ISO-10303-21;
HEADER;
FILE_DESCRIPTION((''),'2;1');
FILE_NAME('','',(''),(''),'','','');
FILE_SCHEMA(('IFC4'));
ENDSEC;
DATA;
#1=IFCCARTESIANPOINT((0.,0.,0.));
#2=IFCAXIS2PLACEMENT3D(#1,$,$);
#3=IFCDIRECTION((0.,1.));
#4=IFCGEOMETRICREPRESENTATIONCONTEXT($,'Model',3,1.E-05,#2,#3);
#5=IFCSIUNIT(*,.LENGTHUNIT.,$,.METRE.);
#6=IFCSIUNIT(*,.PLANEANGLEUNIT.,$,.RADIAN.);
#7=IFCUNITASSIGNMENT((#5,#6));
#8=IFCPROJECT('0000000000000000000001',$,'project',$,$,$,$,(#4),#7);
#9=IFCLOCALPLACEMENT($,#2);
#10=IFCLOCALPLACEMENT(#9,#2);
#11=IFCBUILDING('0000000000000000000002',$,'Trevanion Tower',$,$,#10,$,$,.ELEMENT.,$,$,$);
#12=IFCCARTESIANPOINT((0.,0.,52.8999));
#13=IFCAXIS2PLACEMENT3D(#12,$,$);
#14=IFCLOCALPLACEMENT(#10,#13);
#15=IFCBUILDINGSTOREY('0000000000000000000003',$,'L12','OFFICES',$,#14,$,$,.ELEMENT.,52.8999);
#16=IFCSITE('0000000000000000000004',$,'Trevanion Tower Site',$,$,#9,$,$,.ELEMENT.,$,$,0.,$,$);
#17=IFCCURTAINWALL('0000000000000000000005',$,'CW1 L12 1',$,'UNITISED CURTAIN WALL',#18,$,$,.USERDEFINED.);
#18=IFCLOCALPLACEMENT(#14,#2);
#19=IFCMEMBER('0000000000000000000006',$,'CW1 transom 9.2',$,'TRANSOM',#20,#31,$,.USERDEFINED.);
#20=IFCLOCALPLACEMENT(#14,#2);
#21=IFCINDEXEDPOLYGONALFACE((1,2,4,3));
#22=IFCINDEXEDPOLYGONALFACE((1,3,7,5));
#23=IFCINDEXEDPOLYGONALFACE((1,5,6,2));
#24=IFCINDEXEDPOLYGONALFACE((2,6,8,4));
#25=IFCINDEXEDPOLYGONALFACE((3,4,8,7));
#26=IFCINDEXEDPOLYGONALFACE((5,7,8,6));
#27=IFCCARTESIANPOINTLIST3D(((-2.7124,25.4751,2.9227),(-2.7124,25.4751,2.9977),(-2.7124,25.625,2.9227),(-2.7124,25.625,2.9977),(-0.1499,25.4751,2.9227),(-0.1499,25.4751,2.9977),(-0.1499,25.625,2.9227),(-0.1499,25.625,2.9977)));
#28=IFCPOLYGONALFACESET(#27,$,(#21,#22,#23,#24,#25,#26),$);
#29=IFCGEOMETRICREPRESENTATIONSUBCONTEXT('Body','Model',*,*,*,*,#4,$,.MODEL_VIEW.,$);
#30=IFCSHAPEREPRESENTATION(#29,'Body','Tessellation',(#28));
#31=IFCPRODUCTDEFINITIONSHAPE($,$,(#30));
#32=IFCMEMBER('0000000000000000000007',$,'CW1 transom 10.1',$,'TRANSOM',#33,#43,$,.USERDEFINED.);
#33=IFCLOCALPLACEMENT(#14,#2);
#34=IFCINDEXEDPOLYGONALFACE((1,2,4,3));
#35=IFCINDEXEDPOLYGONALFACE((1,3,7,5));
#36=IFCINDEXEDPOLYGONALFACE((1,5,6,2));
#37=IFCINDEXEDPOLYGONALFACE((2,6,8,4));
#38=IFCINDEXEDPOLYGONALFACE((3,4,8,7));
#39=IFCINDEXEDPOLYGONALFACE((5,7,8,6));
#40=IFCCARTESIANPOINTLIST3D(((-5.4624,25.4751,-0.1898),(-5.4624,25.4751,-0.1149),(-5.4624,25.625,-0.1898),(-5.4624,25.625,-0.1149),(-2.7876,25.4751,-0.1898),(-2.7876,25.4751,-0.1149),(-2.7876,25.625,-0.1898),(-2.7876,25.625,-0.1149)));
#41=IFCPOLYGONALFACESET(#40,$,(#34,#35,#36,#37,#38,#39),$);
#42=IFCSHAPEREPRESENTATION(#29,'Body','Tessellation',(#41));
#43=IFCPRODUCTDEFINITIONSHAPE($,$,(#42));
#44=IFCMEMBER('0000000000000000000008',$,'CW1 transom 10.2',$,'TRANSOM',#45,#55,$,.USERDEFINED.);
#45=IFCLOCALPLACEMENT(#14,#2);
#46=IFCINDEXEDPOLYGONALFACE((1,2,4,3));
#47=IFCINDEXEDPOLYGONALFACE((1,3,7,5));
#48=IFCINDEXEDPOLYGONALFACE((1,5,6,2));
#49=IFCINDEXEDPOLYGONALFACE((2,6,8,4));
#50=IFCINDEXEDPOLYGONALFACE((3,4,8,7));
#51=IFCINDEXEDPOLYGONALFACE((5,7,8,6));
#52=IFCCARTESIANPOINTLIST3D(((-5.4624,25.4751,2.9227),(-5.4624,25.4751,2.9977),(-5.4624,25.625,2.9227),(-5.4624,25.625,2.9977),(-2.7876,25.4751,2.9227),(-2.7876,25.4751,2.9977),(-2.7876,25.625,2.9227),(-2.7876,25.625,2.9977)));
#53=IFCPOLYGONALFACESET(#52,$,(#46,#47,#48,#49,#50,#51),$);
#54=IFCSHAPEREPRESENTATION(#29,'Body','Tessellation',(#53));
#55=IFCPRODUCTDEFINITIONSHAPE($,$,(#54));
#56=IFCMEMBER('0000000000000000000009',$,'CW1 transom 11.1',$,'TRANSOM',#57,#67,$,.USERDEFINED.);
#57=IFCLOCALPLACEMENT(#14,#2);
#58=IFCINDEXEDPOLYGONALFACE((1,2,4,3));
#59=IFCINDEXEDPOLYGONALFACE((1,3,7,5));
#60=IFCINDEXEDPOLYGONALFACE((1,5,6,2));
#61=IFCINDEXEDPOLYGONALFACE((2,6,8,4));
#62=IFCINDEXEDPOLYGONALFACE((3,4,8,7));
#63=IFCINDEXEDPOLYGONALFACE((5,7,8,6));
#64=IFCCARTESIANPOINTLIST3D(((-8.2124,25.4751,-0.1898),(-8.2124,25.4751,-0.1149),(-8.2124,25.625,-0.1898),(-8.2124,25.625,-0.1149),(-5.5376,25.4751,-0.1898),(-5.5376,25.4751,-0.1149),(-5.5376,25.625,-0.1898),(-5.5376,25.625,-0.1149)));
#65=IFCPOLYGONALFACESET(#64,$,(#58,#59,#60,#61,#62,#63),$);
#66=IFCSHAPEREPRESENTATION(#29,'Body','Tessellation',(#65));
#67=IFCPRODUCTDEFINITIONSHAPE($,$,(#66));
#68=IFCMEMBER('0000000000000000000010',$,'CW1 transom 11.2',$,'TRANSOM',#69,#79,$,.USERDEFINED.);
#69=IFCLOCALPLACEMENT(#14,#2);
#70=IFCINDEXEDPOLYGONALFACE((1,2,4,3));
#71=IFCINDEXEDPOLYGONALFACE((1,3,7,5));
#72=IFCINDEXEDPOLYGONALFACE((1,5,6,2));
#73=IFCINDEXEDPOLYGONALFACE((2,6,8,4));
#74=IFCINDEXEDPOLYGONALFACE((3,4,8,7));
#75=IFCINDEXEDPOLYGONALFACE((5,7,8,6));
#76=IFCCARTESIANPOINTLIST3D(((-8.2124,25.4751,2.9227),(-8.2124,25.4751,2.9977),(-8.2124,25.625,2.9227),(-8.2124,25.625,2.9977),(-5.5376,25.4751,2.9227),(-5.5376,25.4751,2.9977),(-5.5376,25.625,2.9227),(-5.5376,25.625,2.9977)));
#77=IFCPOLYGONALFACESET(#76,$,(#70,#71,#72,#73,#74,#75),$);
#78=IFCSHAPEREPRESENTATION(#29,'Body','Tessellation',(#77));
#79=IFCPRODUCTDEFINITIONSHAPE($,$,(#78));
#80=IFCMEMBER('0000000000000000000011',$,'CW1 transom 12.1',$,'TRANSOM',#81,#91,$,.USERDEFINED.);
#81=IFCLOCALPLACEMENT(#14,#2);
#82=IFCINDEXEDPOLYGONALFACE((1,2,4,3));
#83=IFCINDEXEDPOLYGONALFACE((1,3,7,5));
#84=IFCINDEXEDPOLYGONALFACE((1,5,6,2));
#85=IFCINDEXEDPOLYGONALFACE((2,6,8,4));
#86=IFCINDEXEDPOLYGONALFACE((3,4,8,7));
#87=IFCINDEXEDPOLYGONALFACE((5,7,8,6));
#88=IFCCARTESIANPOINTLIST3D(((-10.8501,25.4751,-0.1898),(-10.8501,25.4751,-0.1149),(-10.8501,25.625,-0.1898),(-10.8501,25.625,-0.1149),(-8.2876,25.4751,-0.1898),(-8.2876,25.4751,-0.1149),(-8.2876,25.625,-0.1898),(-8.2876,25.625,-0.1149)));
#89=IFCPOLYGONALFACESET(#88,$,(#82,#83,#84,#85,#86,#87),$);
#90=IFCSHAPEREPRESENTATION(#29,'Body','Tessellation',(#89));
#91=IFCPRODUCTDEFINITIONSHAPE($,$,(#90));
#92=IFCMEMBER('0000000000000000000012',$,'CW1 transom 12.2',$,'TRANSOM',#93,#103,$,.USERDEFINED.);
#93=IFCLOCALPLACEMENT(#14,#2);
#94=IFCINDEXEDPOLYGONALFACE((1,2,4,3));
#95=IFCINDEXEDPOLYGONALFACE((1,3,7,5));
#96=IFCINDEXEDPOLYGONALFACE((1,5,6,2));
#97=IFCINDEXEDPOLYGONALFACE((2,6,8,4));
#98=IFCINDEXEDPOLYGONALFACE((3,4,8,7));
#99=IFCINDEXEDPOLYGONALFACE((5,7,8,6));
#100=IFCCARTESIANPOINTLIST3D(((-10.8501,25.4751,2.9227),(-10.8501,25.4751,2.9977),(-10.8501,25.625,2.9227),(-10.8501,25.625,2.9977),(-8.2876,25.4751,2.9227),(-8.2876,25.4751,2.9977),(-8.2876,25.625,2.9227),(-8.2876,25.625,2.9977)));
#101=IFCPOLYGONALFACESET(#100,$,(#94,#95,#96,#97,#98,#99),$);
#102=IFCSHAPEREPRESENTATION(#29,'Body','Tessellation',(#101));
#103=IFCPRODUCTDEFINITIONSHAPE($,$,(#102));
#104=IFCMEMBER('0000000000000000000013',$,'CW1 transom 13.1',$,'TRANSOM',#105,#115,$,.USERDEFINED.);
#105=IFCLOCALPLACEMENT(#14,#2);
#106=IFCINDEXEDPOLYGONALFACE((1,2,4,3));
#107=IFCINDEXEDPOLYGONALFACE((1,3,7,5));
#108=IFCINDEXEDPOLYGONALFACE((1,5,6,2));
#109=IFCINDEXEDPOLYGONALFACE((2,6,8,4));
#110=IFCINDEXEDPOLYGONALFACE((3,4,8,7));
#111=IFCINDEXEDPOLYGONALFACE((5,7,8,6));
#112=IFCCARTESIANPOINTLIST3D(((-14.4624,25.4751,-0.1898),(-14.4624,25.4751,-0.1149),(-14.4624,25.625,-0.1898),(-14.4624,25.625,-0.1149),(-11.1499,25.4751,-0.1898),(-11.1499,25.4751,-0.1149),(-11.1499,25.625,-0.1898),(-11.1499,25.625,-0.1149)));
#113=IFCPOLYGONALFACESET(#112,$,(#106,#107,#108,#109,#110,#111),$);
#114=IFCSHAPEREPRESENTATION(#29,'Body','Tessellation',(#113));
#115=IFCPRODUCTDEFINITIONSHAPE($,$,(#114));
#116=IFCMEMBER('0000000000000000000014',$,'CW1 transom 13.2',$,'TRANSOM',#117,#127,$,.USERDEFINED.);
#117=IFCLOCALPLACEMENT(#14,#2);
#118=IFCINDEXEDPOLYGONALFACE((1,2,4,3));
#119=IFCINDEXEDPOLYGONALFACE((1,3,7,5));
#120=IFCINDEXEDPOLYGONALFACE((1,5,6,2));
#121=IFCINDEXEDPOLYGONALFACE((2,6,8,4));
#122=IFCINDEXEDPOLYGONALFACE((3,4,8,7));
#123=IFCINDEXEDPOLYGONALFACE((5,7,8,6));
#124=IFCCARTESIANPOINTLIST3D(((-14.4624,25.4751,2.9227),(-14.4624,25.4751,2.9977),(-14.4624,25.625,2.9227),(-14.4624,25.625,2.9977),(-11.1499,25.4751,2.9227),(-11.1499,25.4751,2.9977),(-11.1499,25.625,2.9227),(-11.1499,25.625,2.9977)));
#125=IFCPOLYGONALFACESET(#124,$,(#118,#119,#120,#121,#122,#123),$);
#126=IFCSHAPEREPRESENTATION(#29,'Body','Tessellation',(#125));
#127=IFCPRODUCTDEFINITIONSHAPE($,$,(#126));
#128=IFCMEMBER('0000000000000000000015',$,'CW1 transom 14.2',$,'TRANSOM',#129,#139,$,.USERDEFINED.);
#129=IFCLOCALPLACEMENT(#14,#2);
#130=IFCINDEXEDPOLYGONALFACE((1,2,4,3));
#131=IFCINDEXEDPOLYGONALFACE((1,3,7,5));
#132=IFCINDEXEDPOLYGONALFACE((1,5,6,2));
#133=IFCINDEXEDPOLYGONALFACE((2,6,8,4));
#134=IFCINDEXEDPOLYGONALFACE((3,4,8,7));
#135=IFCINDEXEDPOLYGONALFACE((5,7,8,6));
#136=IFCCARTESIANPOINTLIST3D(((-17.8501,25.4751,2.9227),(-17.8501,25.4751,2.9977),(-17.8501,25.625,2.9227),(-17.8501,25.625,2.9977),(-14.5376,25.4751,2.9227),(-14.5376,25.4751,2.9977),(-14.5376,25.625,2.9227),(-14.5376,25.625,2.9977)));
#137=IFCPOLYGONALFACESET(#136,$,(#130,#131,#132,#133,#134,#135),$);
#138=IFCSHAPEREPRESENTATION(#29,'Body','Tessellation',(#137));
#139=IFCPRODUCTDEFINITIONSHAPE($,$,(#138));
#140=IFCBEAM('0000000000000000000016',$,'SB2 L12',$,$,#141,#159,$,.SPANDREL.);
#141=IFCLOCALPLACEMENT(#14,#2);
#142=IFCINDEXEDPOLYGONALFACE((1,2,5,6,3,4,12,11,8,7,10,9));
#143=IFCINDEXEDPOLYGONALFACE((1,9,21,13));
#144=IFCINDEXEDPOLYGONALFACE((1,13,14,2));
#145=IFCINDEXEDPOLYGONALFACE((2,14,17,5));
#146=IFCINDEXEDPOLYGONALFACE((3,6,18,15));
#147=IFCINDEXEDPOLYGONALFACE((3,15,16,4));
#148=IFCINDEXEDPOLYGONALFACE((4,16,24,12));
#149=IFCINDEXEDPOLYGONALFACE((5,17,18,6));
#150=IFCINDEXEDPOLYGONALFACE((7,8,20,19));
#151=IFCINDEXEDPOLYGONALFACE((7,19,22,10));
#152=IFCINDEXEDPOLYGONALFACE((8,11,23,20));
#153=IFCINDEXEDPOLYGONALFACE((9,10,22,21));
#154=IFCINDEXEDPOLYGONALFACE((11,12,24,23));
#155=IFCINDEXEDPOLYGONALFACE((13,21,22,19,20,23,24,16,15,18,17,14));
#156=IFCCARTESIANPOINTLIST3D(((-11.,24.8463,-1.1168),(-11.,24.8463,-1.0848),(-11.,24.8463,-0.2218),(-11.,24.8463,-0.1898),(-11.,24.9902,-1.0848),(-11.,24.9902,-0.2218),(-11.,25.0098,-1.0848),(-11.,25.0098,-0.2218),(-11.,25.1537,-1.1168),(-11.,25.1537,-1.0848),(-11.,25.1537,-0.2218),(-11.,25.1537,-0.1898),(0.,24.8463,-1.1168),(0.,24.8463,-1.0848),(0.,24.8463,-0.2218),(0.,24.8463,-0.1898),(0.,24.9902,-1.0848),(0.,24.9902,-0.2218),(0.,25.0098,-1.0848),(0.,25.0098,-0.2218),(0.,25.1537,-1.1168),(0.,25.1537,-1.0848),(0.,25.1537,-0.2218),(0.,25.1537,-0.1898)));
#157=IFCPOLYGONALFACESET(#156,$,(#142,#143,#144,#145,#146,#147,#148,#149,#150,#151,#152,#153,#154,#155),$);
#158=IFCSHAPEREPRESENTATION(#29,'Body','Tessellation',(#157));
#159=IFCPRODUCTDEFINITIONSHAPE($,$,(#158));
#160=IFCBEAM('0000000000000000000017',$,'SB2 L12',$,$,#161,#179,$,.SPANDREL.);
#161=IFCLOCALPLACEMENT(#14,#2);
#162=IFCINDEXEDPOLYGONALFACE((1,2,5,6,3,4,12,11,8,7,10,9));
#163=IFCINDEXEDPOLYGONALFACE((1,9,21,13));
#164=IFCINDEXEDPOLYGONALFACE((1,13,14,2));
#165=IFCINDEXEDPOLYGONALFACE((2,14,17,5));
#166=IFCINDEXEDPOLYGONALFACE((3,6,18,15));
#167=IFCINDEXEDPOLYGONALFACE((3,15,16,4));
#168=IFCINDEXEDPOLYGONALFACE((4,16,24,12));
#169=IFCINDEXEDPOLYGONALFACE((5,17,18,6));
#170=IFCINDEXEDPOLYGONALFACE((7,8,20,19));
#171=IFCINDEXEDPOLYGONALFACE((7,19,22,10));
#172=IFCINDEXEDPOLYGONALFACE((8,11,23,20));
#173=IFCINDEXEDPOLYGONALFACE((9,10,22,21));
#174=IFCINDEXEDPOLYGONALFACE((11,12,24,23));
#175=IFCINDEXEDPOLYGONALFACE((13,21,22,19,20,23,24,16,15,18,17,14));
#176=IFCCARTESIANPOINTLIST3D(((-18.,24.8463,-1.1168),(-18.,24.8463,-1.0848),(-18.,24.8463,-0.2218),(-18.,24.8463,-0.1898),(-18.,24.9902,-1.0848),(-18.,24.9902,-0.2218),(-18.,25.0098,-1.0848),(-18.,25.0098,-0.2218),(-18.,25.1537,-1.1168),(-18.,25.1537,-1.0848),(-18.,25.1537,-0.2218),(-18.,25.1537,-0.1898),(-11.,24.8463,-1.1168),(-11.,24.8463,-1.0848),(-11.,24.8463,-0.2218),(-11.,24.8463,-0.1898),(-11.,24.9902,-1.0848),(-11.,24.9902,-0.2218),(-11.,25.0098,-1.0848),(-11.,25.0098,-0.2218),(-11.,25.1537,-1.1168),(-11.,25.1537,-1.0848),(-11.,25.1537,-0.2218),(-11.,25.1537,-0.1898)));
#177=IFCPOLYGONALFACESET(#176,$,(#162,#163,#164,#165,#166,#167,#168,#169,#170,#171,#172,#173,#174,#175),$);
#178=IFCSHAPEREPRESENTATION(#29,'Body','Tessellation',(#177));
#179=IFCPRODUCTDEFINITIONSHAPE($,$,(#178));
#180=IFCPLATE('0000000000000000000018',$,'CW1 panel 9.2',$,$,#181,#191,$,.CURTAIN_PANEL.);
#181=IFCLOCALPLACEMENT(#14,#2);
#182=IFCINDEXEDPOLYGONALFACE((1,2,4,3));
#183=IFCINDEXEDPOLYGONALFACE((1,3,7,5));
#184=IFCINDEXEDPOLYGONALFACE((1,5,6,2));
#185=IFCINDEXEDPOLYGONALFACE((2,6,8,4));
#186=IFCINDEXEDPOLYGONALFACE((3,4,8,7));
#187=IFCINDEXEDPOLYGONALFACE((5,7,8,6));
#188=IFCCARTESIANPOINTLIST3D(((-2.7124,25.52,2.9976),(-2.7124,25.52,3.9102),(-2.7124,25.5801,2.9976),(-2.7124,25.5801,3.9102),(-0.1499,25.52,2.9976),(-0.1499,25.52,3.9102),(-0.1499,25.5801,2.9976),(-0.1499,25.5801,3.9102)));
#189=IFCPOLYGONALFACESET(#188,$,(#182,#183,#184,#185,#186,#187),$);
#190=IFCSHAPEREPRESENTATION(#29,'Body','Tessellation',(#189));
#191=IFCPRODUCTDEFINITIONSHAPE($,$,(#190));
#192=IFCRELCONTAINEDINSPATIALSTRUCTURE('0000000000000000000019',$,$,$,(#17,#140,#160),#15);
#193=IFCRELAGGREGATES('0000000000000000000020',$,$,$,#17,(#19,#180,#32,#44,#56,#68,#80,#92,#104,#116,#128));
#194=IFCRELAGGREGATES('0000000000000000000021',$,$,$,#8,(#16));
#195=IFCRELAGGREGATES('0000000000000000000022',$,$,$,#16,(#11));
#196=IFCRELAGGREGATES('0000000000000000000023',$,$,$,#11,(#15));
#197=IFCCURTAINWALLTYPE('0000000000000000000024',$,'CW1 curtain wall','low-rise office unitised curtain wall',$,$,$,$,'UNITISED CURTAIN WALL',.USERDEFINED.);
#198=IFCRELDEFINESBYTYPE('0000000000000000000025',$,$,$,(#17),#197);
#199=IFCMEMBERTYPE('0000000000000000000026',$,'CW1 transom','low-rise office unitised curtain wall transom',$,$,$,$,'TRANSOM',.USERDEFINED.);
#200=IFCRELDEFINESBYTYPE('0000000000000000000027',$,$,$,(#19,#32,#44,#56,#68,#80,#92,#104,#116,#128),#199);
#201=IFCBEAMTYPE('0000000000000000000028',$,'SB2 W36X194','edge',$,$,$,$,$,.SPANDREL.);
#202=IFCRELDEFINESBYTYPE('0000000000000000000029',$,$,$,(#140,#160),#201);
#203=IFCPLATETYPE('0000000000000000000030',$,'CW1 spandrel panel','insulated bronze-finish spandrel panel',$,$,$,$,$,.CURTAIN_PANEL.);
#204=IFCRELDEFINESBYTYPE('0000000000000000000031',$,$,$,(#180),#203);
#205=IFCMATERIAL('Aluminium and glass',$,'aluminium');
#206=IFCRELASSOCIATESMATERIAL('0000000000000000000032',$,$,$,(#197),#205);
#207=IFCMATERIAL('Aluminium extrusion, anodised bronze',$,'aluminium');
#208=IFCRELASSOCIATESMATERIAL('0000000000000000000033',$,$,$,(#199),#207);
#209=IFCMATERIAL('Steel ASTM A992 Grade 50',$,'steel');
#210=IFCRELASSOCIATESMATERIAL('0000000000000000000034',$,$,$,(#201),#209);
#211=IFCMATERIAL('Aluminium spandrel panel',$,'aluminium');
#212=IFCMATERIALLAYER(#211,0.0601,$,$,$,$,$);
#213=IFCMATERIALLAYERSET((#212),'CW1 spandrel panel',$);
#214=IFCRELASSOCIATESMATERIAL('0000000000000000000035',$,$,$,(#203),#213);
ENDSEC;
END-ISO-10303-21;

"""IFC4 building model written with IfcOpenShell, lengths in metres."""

from ifc_helpers import new_model, si_unit, direction, frame, origin, origin_2d, place, context, subcontext, project, spatial, rectangle, i_section, extrude, material, layer, layer_set, material_profile, profile_set, type_object, element, aggregate, save


model = new_model("IFC4")

# Units and contexts
model_context = context("Model", 3, precision=1e-05, world=origin(), true_north=direction((0.0, 1.0)))
body_context = subcontext(model_context, "Body", "Model", "MODEL_VIEW")
ifc_project = project(units=[si_unit("LENGTHUNIT", "METRE"), si_unit("PLANEANGLEUNIT", "RADIAN")], contexts=[model_context])

# Site, building, storey
site_placement = place(None, origin())
site = spatial("IfcSite", under=ifc_project, at=site_placement, Name="Trevanion Tower Site", CompositionType="ELEMENT", RefElevation=0.0)
building_placement = place(site_placement, origin())
building = spatial("IfcBuilding", under=site, at=building_placement, Name="Trevanion Tower", CompositionType="ELEMENT")
storey_placement = place(building_placement, frame((0.0, 0.0, 52.8999)))
storey = spatial("IfcBuildingStorey", under=building, at=storey_placement, Name="L12", Description="OFFICES", CompositionType="ELEMENT", Elevation=52.8999)

# Curtain wall, members
ifc_material_1 = material(Name="Aluminium and glass", Category="aluminium")
curtain_wall_type = type_object("IfcCurtainWallType", Name="CW1 curtain wall", Description="low-rise office unitised curtain wall", ElementType="UNITISED CURTAIN WALL", PredefinedType="USERDEFINED", material=ifc_material_1)
curtain_wall_placement = place(storey_placement, origin())
curtain_wall = element("IfcCurtainWall", 1, at=curtain_wall_placement, inside=storey, type_object=curtain_wall_type, Name="CW1 L12 1", ObjectType="UNITISED CURTAIN WALL", PredefinedType="USERDEFINED")
ifc_material_2 = material(Name="Aluminium extrusion, anodised bronze", Category="aluminium")
ifc_material_profile_1 = material_profile(ifc_material_2, rectangle(XDim=0.1499, YDim=0.075, at=origin_2d()), Name="CW1 transom")
ifc_profile_set_1 = profile_set([ifc_material_profile_1], Name="Aluminium extrusion, anodised bronze")
member_type_1 = type_object("IfcMemberType", Name="CW1 transom", Description="low-rise office unitised curtain wall transom", ElementType="TRANSOM", PredefinedType="USERDEFINED", material=ifc_profile_set_1)
member_1_placement = place(storey_placement, frame((-0.1499, 25.55, 2.9602), z_axis=(-1.0, 0.0, 0.0), x_axis=(0.0, -1.0, 0.0)))
member_1 = element("IfcMember", 2, at=member_1_placement, type_object=member_type_1, Name="CW1 transom 9.2", ObjectType="TRANSOM", PredefinedType="USERDEFINED", context=body_context, shape_type="SweptSolid", body=[
    extrude(rectangle(XDim=0.1499, YDim=0.075, at=origin_2d()), origin(), (0.0, 0.0, 1.0), 2.5625),
])
member_2_placement = place(storey_placement, frame((-2.7876, 25.55, -0.1523), z_axis=(-1.0, 0.0, 0.0), x_axis=(0.0, -1.0, 0.0)))
member_2 = element("IfcMember", 3, at=member_2_placement, type_object=member_type_1, Name="CW1 transom 10.1", ObjectType="TRANSOM", PredefinedType="USERDEFINED", context=body_context, shape_type="SweptSolid", body=[
    extrude(rectangle(XDim=0.1499, YDim=0.075, at=origin_2d()), origin(), (0.0, 0.0, 1.0), 2.6748),
])
member_3_placement = place(storey_placement, frame((-2.7876, 25.55, 2.9602), z_axis=(-1.0, 0.0, 0.0), x_axis=(0.0, -1.0, 0.0)))
member_3 = element("IfcMember", 4, at=member_3_placement, type_object=member_type_1, Name="CW1 transom 10.2", ObjectType="TRANSOM", PredefinedType="USERDEFINED", context=body_context, shape_type="SweptSolid", body=[
    extrude(rectangle(XDim=0.1499, YDim=0.075, at=origin_2d()), origin(), (0.0, 0.0, 1.0), 2.6748),
])
member_4_placement = place(storey_placement, frame((-5.5376, 25.55, -0.1523), z_axis=(-1.0, 0.0, 0.0), x_axis=(0.0, -1.0, 0.0)))
member_4 = element("IfcMember", 5, at=member_4_placement, type_object=member_type_1, Name="CW1 transom 11.1", ObjectType="TRANSOM", PredefinedType="USERDEFINED", context=body_context, shape_type="SweptSolid", body=[
    extrude(rectangle(XDim=0.1499, YDim=0.075, at=origin_2d()), origin(), (0.0, 0.0, 1.0), 2.6748),
])
member_5_placement = place(storey_placement, frame((-5.5376, 25.55, 2.9602), z_axis=(-1.0, 0.0, 0.0), x_axis=(0.0, -1.0, 0.0)))
member_5 = element("IfcMember", 6, at=member_5_placement, type_object=member_type_1, Name="CW1 transom 11.2", ObjectType="TRANSOM", PredefinedType="USERDEFINED", context=body_context, shape_type="SweptSolid", body=[
    extrude(rectangle(XDim=0.1499, YDim=0.075, at=origin_2d()), origin(), (0.0, 0.0, 1.0), 2.6748),
])
member_6_placement = place(storey_placement, frame((-8.2876, 25.55, -0.1523), z_axis=(-1.0, 0.0, 0.0), x_axis=(0.0, -1.0, 0.0)))
member_6 = element("IfcMember", 7, at=member_6_placement, type_object=member_type_1, Name="CW1 transom 12.1", ObjectType="TRANSOM", PredefinedType="USERDEFINED", context=body_context, shape_type="SweptSolid", body=[
    extrude(rectangle(XDim=0.1499, YDim=0.075, at=origin_2d()), origin(), (0.0, 0.0, 1.0), 2.5625),
])
member_7_placement = place(storey_placement, frame((-8.2876, 25.55, 2.9602), z_axis=(-1.0, 0.0, 0.0), x_axis=(0.0, -1.0, 0.0)))
member_7 = element("IfcMember", 8, at=member_7_placement, type_object=member_type_1, Name="CW1 transom 12.2", ObjectType="TRANSOM", PredefinedType="USERDEFINED", context=body_context, shape_type="SweptSolid", body=[
    extrude(rectangle(XDim=0.1499, YDim=0.075, at=origin_2d()), origin(), (0.0, 0.0, 1.0), 2.5625),
])
member_8_placement = place(storey_placement, frame((-11.1499, 25.55, -0.1523), z_axis=(-1.0, 0.0, 0.0), x_axis=(0.0, -1.0, 0.0)))
member_8 = element("IfcMember", 9, at=member_8_placement, type_object=member_type_1, Name="CW1 transom 13.1", ObjectType="TRANSOM", PredefinedType="USERDEFINED", context=body_context, shape_type="SweptSolid", body=[
    extrude(rectangle(XDim=0.1499, YDim=0.075, at=origin_2d()), origin(), (0.0, 0.0, 1.0), 3.3125),
])
member_9_placement = place(storey_placement, frame((-11.1499, 25.55, 2.9602), z_axis=(-1.0, 0.0, 0.0), x_axis=(0.0, -1.0, 0.0)))
member_9 = element("IfcMember", 10, at=member_9_placement, type_object=member_type_1, Name="CW1 transom 13.2", ObjectType="TRANSOM", PredefinedType="USERDEFINED", context=body_context, shape_type="SweptSolid", body=[
    extrude(rectangle(XDim=0.1499, YDim=0.075, at=origin_2d()), origin(), (0.0, 0.0, 1.0), 3.3125),
])
member_10_placement = place(storey_placement, frame((-14.5376, 25.55, 2.9602), z_axis=(-1.0, 0.0, 0.0), x_axis=(0.0, -1.0, 0.0)))
member_10 = element("IfcMember", 11, at=member_10_placement, type_object=member_type_1, Name="CW1 transom 14.2", ObjectType="TRANSOM", PredefinedType="USERDEFINED", context=body_context, shape_type="SweptSolid", body=[
    extrude(rectangle(XDim=0.1499, YDim=0.075, at=origin_2d()), origin(), (0.0, 0.0, 1.0), 3.3125),
])

# Beams
ifc_material_3 = material(Name="Steel ASTM A992 Grade 50", Category="steel")
ifc_material_profile_2 = material_profile(ifc_material_3, i_section(OverallWidth=0.3074, OverallDepth=0.927, WebThickness=0.0195, FlangeThickness=0.032, at=origin_2d()), Name="W36X194")
ifc_profile_set_2 = profile_set([ifc_material_profile_2], Name="Steel ASTM A992 Grade 50")
beam_type_1 = type_object("IfcBeamType", Name="SB2 W36X194", Description="edge", PredefinedType="SPANDREL", material=ifc_profile_set_2)
beam_1_placement = place(storey_placement, frame((0.0, 25.0, -0.6533), z_axis=(-1.0, 0.0, 0.0), x_axis=(0.0, -1.0, 0.0)))
element("IfcBeam", 12, at=beam_1_placement, inside=storey, type_object=beam_type_1, Name="SB2 L12", PredefinedType="SPANDREL", context=body_context, shape_type="SweptSolid", body=[
    extrude(i_section(OverallWidth=0.3074, OverallDepth=0.927, WebThickness=0.0195, FlangeThickness=0.032, at=origin_2d()), origin(), (0.0, 0.0, 1.0), 11.0),
])
beam_2_placement = place(storey_placement, frame((-11.0, 25.0, -0.6533), z_axis=(-1.0, 0.0, 0.0), x_axis=(0.0, -1.0, 0.0)))
element("IfcBeam", 13, at=beam_2_placement, inside=storey, type_object=beam_type_1, Name="SB2 L12", PredefinedType="SPANDREL", context=body_context, shape_type="SweptSolid", body=[
    extrude(i_section(OverallWidth=0.3074, OverallDepth=0.927, WebThickness=0.0195, FlangeThickness=0.032, at=origin_2d()), origin(), (0.0, 0.0, 1.0), 7.0),
])

# Plate
ifc_material_4 = material(Name="Aluminium spandrel panel", Category="aluminium")
ifc_layer_1 = layer(ifc_material_4, 0.0601)
ifc_layer_set_1 = layer_set([ifc_layer_1], Name="CW1 spandrel panel")
plate_type_1 = type_object("IfcPlateType", Name="CW1 spandrel panel", Description="insulated bronze-finish spandrel panel", PredefinedType="CURTAIN_PANEL", material=ifc_layer_set_1)
plate_1_placement = place(storey_placement, frame((-1.4312, 25.55, 2.9976), z_axis=(0.0, 0.0, 1.0), x_axis=(-1.0, 0.0, 0.0)))
plate_1 = element("IfcPlate", 14, at=plate_1_placement, type_object=plate_type_1, Name="CW1 panel 9.2", PredefinedType="CURTAIN_PANEL", context=body_context, shape_type="SweptSolid", body=[
    extrude(rectangle(XDim=2.5625, YDim=0.0601, at=origin_2d()), origin(), (0.0, 0.0, 1.0), 0.9126),
])
aggregate(curtain_wall, [member_1, plate_1, member_2, member_3, member_4, member_5, member_6, member_7, member_8, member_9, member_10])

save(model, "model.ifc")
